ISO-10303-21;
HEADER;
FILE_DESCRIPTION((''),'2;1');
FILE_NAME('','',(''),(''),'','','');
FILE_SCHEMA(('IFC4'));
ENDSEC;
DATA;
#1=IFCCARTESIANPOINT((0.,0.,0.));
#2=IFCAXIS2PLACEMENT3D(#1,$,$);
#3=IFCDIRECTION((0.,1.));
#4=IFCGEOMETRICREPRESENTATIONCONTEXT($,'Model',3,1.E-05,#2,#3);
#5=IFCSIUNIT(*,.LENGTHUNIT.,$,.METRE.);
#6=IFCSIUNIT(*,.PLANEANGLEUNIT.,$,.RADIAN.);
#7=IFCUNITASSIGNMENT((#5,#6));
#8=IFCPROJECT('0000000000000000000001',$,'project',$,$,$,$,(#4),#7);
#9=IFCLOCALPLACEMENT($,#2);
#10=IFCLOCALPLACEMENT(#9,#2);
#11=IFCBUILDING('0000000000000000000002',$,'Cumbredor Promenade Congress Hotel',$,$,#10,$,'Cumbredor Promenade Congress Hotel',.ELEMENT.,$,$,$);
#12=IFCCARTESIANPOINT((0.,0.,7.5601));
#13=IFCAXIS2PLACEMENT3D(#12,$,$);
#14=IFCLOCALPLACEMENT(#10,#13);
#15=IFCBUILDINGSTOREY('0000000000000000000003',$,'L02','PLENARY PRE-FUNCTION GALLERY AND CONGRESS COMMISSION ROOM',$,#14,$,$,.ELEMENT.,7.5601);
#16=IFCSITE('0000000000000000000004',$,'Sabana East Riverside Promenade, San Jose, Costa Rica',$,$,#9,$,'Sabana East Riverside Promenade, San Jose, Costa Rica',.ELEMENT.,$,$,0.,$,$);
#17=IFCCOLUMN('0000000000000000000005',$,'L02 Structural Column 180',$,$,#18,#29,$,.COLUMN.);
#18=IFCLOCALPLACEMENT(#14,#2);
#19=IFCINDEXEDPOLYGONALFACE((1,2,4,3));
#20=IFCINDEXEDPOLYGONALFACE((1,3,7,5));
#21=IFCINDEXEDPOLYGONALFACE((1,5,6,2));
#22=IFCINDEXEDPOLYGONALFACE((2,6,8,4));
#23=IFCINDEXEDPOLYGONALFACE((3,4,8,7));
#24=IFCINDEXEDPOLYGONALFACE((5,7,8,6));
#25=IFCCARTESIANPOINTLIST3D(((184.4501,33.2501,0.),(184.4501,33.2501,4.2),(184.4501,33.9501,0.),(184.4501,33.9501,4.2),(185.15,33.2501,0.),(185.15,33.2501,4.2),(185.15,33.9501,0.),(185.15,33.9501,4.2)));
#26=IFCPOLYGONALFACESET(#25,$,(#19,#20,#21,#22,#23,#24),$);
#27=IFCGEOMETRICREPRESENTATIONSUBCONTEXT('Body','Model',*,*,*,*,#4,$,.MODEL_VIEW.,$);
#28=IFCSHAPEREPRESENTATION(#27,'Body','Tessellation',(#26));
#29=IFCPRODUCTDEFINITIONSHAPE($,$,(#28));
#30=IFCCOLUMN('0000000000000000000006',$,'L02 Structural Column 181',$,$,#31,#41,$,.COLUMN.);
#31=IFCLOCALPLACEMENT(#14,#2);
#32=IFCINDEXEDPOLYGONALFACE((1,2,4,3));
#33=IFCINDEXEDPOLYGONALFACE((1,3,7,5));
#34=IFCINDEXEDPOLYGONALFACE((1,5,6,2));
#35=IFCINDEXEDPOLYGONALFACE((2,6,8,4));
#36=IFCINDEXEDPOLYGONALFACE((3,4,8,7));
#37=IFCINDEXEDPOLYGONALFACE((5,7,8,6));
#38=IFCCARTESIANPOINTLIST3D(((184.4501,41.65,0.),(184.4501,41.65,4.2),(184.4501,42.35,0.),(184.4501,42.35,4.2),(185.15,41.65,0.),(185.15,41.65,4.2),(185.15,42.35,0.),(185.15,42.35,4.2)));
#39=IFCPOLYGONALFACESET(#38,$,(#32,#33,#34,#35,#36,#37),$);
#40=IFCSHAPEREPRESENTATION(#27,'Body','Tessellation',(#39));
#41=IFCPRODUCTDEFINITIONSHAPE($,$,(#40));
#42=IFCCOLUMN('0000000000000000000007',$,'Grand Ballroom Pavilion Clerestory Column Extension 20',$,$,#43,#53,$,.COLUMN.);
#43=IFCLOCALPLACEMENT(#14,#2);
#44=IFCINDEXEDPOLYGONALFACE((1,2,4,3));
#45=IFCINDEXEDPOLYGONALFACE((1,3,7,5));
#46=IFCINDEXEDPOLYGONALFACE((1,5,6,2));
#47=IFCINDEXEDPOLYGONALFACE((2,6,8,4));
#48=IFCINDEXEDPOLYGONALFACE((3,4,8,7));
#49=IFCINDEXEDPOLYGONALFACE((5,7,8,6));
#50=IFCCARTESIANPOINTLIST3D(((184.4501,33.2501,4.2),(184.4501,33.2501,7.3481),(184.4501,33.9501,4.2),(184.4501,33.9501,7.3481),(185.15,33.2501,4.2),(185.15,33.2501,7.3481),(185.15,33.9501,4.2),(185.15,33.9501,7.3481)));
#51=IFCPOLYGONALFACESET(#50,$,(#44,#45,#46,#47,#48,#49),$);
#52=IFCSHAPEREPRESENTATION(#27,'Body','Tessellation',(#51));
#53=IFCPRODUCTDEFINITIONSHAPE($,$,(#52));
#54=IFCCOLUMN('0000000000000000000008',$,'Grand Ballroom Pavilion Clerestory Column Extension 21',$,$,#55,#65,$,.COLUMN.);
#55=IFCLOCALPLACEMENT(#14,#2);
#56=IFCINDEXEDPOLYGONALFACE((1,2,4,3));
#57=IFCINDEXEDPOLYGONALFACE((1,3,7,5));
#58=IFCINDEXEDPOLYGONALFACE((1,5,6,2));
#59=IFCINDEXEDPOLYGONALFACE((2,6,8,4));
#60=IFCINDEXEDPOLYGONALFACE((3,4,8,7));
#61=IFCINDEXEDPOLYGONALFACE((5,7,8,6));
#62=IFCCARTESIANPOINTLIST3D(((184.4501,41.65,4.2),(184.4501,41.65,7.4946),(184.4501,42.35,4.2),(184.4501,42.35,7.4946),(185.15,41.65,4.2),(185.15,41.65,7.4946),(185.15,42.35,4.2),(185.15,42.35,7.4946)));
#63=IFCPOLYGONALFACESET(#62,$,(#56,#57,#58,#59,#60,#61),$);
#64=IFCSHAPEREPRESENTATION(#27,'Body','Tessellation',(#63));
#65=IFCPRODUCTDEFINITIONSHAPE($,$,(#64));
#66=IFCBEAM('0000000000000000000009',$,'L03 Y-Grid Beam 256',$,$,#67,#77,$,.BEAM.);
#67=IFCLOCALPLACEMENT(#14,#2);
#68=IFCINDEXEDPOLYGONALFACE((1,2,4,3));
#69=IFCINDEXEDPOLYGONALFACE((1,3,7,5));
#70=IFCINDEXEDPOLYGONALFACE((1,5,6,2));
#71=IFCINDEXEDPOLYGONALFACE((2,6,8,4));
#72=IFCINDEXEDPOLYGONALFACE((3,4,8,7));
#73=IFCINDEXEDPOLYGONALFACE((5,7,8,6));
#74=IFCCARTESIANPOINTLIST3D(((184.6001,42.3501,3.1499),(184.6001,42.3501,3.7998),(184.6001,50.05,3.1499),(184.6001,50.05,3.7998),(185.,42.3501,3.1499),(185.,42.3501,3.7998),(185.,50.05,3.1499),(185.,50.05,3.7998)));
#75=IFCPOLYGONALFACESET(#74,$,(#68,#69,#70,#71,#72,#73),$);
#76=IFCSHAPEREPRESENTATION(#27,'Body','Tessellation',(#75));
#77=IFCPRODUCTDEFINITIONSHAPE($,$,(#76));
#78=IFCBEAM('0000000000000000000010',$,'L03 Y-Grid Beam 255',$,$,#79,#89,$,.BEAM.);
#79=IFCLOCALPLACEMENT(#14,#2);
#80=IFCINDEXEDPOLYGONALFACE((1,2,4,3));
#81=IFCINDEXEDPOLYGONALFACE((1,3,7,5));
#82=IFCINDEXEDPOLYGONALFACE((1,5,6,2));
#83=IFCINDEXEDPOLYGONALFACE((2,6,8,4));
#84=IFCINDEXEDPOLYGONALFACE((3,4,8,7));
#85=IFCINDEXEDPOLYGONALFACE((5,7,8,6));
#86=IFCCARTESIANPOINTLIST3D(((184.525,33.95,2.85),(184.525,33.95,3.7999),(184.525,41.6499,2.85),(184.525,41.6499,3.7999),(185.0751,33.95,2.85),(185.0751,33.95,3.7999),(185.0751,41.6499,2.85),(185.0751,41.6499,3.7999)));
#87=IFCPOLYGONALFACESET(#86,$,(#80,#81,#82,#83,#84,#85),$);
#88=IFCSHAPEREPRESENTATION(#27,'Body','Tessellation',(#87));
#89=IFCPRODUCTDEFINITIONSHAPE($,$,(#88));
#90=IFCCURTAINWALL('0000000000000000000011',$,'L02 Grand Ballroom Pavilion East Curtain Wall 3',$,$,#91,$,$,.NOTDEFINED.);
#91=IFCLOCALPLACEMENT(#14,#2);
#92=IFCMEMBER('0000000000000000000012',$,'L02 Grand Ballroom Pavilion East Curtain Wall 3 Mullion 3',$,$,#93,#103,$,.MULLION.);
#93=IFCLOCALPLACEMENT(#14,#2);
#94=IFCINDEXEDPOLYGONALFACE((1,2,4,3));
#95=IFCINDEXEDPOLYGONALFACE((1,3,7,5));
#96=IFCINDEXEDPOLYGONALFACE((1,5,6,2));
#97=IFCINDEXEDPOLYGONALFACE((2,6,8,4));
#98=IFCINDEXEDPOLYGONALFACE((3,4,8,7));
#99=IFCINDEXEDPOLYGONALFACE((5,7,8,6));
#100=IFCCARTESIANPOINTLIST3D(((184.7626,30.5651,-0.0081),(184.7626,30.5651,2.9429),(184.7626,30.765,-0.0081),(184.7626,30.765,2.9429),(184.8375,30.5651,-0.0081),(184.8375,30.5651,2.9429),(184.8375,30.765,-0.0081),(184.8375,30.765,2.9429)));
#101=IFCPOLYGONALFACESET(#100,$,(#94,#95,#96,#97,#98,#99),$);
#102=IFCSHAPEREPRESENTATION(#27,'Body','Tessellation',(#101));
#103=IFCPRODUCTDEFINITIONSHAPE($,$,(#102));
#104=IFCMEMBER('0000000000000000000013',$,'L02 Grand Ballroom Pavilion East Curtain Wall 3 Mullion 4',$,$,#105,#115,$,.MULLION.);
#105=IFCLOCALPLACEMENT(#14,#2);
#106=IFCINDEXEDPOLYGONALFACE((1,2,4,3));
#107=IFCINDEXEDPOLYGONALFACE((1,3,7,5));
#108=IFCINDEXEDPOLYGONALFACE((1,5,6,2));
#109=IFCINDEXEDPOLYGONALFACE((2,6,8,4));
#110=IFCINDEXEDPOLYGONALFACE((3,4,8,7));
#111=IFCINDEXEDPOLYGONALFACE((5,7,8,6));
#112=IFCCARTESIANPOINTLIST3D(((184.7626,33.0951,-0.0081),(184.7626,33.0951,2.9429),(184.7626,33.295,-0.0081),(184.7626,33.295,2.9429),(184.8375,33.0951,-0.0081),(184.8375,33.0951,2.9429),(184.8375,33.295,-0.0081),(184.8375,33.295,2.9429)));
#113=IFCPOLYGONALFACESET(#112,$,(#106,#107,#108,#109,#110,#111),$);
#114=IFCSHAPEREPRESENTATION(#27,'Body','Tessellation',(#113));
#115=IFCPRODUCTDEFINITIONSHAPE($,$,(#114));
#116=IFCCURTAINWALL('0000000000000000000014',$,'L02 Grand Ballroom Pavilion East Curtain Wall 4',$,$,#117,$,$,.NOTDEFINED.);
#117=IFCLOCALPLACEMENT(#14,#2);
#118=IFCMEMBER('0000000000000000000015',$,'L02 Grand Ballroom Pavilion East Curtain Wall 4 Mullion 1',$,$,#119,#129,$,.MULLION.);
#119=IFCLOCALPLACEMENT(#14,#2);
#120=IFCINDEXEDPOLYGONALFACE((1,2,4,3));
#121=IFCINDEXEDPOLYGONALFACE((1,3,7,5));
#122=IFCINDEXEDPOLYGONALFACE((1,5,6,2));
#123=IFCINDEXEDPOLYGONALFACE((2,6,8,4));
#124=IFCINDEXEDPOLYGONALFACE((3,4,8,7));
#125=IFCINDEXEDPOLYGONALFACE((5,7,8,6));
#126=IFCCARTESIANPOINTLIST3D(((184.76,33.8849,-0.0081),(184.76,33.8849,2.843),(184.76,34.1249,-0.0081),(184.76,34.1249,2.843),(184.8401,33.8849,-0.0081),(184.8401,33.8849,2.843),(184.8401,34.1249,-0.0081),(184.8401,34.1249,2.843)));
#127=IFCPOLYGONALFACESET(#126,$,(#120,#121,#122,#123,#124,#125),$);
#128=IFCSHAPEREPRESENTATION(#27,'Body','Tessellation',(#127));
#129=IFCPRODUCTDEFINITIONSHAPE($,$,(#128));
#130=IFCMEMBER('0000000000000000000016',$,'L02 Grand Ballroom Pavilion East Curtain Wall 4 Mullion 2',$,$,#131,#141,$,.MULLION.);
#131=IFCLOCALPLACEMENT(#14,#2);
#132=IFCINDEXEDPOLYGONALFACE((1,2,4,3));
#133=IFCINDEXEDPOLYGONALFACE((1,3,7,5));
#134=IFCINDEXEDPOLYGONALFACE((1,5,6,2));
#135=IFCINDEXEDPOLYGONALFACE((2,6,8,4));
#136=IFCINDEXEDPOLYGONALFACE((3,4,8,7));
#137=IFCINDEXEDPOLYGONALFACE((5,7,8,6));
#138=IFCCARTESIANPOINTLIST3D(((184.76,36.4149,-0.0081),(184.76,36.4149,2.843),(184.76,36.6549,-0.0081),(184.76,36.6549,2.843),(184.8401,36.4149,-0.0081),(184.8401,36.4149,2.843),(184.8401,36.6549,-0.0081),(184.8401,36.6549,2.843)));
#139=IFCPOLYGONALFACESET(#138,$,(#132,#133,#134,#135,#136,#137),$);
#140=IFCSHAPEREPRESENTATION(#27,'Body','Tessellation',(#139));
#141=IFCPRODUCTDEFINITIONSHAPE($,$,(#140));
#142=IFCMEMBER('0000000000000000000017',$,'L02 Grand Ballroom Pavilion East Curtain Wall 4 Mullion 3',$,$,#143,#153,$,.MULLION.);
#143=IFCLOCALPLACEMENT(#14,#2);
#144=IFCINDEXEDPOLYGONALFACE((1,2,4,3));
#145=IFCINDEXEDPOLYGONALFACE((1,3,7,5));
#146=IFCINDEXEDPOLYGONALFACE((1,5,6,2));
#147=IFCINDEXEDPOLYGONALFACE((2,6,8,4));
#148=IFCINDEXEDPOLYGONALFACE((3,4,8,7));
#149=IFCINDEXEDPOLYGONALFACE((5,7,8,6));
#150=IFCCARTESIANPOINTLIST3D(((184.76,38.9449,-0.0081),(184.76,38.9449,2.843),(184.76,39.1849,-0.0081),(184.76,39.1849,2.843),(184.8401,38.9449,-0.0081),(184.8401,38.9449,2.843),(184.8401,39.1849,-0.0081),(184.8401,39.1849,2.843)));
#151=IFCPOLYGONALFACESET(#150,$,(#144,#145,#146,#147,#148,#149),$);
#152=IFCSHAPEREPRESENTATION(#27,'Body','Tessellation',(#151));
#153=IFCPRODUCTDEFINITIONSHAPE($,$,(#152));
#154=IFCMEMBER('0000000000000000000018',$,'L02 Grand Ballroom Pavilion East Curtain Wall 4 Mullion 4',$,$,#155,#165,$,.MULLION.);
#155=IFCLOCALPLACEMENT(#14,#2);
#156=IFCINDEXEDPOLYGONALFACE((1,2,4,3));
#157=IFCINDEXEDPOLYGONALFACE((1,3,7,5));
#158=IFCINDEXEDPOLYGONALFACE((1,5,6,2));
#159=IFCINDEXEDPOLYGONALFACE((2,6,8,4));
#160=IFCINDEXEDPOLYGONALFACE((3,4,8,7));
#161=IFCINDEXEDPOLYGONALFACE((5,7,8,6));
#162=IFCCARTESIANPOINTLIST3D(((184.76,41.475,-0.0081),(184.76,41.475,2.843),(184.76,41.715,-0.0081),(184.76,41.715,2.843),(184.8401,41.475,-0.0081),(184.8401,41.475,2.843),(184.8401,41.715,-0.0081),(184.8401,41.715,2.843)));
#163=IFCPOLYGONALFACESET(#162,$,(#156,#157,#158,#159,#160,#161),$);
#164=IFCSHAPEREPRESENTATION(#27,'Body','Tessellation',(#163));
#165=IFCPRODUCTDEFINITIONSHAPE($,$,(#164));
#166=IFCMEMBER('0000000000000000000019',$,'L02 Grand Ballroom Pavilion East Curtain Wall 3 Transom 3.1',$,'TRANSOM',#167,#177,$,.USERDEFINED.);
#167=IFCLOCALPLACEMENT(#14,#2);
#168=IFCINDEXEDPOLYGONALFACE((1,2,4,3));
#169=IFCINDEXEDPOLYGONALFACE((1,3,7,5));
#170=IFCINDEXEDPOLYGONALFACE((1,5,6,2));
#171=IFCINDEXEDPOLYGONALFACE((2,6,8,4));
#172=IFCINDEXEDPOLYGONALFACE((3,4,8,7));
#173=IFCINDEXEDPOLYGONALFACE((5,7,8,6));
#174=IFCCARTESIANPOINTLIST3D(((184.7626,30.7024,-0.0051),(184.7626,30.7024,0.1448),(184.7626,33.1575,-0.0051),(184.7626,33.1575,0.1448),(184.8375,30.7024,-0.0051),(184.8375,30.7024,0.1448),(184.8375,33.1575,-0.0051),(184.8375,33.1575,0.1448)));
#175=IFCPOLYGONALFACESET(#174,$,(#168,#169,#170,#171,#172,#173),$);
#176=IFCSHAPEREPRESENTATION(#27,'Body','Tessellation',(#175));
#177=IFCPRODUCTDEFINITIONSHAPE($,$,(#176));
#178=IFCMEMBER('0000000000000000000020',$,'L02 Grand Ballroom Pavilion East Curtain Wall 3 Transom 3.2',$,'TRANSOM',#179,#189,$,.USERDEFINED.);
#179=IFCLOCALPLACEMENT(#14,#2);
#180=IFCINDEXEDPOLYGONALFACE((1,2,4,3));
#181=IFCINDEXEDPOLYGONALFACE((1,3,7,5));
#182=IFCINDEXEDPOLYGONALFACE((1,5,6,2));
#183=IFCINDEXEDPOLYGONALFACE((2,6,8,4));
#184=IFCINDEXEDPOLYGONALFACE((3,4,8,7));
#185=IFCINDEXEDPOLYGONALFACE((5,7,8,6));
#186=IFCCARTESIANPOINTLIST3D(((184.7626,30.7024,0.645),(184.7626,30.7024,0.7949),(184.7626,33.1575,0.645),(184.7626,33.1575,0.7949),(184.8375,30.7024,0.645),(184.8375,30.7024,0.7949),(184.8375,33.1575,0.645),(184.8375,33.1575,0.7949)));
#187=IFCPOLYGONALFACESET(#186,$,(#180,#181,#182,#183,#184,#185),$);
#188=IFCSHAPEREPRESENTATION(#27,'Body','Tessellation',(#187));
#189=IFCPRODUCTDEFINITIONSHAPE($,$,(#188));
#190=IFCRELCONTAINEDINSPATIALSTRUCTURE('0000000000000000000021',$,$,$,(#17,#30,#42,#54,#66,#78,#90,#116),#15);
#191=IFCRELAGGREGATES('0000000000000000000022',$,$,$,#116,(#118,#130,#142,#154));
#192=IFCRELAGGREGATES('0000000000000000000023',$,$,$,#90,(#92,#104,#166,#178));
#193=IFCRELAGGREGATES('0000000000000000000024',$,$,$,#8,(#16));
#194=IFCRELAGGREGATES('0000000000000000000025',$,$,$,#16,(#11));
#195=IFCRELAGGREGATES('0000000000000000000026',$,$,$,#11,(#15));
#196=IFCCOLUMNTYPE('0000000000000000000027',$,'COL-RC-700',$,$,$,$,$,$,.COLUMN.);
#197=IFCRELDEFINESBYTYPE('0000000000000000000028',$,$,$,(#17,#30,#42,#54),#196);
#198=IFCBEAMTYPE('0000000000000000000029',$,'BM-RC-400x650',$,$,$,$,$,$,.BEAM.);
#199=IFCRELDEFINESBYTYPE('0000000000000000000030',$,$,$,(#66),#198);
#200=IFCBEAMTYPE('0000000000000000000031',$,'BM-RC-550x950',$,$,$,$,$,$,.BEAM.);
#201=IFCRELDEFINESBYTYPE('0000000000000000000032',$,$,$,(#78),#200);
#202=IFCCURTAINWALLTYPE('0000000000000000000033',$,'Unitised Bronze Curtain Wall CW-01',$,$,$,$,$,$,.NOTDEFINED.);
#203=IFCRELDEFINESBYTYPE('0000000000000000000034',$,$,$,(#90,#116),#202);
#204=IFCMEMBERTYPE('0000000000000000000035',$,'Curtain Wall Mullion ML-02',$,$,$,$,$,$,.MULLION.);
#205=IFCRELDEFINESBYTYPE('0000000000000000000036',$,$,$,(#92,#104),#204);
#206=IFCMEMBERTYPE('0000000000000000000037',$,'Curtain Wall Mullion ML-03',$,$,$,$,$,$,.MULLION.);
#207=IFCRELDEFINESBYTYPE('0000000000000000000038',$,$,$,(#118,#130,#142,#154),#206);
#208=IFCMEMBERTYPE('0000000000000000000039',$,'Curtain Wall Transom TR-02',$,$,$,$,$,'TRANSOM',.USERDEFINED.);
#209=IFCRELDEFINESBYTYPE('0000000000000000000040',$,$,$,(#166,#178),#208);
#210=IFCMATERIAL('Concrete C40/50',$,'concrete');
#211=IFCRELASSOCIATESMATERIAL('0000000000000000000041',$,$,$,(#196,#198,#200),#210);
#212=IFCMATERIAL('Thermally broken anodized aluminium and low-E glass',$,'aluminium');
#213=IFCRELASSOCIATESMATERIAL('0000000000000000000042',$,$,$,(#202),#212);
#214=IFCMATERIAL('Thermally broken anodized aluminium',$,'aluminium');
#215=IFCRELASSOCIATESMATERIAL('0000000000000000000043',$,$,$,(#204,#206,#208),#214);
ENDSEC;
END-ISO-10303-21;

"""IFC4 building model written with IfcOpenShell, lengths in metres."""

from ifc_helpers import new_model, si_unit, direction, frame, origin, origin_2d, place, context, subcontext, project, spatial, rectangle, extrude, material, material_profile, profile_set, type_object, element, aggregate, save


model = new_model("IFC4")

# Units and contexts
model_context = context("Model", 3, precision=1e-05, world=origin(), true_north=direction((0.0, 1.0)))
body_context = subcontext(model_context, "Body", "Model", "MODEL_VIEW")
ifc_project = project(units=[si_unit("LENGTHUNIT", "METRE"), si_unit("PLANEANGLEUNIT", "RADIAN")], contexts=[model_context])

# Site, building, storey
site_placement = place(None, origin())
site = spatial("IfcSite", under=ifc_project, at=site_placement, Name="Sabana East Riverside Promenade, San Jose, Costa Rica", LongName="Sabana East Riverside Promenade, San Jose, Costa Rica", CompositionType="ELEMENT", RefElevation=0.0)
building_placement = place(site_placement, origin())
building = spatial("IfcBuilding", under=site, at=building_placement, Name="Cumbredor Promenade Congress Hotel", LongName="Cumbredor Promenade Congress Hotel", CompositionType="ELEMENT")
storey_placement = place(building_placement, frame((0.0, 0.0, 7.5601)))
storey = spatial("IfcBuildingStorey", under=building, at=storey_placement, Name="L02", Description="PLENARY PRE-FUNCTION GALLERY AND CONGRESS COMMISSION ROOM", CompositionType="ELEMENT", Elevation=7.5601)

# Columns
ifc_material_1 = material(Name="Concrete C40/50", Category="concrete")
ifc_material_profile_1 = material_profile(ifc_material_1, rectangle(XDim=0.7, YDim=0.7, at=origin_2d()), Name="RC 700x700")
ifc_profile_set_1 = profile_set([ifc_material_profile_1], Name="Concrete C40/50")
column_type = type_object("IfcColumnType", Name="COL-RC-700", PredefinedType="COLUMN", material=ifc_profile_set_1)
for number, where, z_axis, x_axis, name in (
    (1, (184.8, 33.6001, 0.0), (0.0, 0.0, 1.0), (1.0, 0.0, 0.0), "L02 Structural Column 180"),
    (2, (184.8, 42.0, 0.0), (0.0, 0.0, 1.0), (1.0, 0.0, 0.0), "L02 Structural Column 181"),
):
    element("IfcColumn", number, at=place(storey_placement, frame(where, z_axis=z_axis, x_axis=x_axis)), inside=storey, type_object=column_type, Name=name, PredefinedType="COLUMN", context=body_context, shape_type="SweptSolid", body=[
        extrude(rectangle(XDim=0.7, YDim=0.7, at=origin_2d()), origin(), (0.0, 0.0, 1.0), 4.2),
    ])
column_1_placement = place(storey_placement, frame((184.8, 33.6001, 4.2), z_axis=(0.0, 0.0, 1.0), x_axis=(1.0, 0.0, 0.0)))
element("IfcColumn", 3, at=column_1_placement, inside=storey, type_object=column_type, Name="Grand Ballroom Pavilion Clerestory Column Extension 20", PredefinedType="COLUMN", context=body_context, shape_type="SweptSolid", body=[
    extrude(rectangle(XDim=0.7, YDim=0.7, at=origin_2d()), origin(), (0.0, 0.0, 1.0), 3.1482),
])
column_2_placement = place(storey_placement, frame((184.8, 42.0, 4.2), z_axis=(0.0, 0.0, 1.0), x_axis=(1.0, 0.0, 0.0)))
element("IfcColumn", 4, at=column_2_placement, inside=storey, type_object=column_type, Name="Grand Ballroom Pavilion Clerestory Column Extension 21", PredefinedType="COLUMN", context=body_context, shape_type="SweptSolid", body=[
    extrude(rectangle(XDim=0.7, YDim=0.7, at=origin_2d()), origin(), (0.0, 0.0, 1.0), 3.2947),
])

# Beams
ifc_material_profile_2 = material_profile(ifc_material_1, rectangle(XDim=0.3999, YDim=0.6499, at=origin_2d()), Name="RC BEAM 400x650")
ifc_profile_set_2 = profile_set([ifc_material_profile_2], Name="Concrete C40/50")
beam_type_1 = type_object("IfcBeamType", Name="BM-RC-400x650", PredefinedType="BEAM", material=ifc_profile_set_2)
beam_1_placement = place(storey_placement, frame((184.8, 42.3501, 3.4749), z_axis=(0.0, 1.0, 0.0), x_axis=(-1.0, 0.0, 0.0)))
element("IfcBeam", 5, at=beam_1_placement, inside=storey, type_object=beam_type_1, Name="L03 Y-Grid Beam 256", PredefinedType="BEAM", context=body_context, shape_type="SweptSolid", body=[
    extrude(rectangle(XDim=0.3999, YDim=0.6499, at=origin_2d()), origin(), (0.0, 0.0, 1.0), 7.7),
])
ifc_material_profile_3 = material_profile(ifc_material_1, rectangle(XDim=0.55, YDim=0.95, at=origin_2d()), Name="RC BEAM 550x950")
ifc_profile_set_3 = profile_set([ifc_material_profile_3], Name="Concrete C40/50")
beam_type_2 = type_object("IfcBeamType", Name="BM-RC-550x950", PredefinedType="BEAM", material=ifc_profile_set_3)
beam_2_placement = place(storey_placement, frame((184.8, 33.95, 3.325), z_axis=(0.0, 1.0, 0.0), x_axis=(-1.0, 0.0, 0.0)))
element("IfcBeam", 6, at=beam_2_placement, inside=storey, type_object=beam_type_2, Name="L03 Y-Grid Beam 255", PredefinedType="BEAM", context=body_context, shape_type="SweptSolid", body=[
    extrude(rectangle(XDim=0.55, YDim=0.95, at=origin_2d()), origin(), (0.0, 0.0, 1.0), 7.7),
])

# Curtain walls, members
ifc_material_2 = material(Name="Thermally broken anodized aluminium and low-E glass", Category="aluminium")
curtain_wall_type = type_object("IfcCurtainWallType", Name="Unitised Bronze Curtain Wall CW-01", PredefinedType="NOTDEFINED", material=ifc_material_2)
curtain_wall_1_placement = place(storey_placement, origin())
curtain_wall_1 = element("IfcCurtainWall", 7, at=curtain_wall_1_placement, inside=storey, type_object=curtain_wall_type, Name="L02 Grand Ballroom Pavilion East Curtain Wall 3", PredefinedType="NOTDEFINED")
ifc_material_3 = material(Name="Thermally broken anodized aluminium", Category="aluminium")
ifc_material_profile_4 = material_profile(ifc_material_3, rectangle(XDim=0.075, YDim=0.2, at=origin_2d()), Name="ALU MULLION 75x200")
ifc_profile_set_4 = profile_set([ifc_material_profile_4], Name="Thermally broken anodized aluminium")
member_type_1 = type_object("IfcMemberType", Name="Curtain Wall Mullion ML-02", PredefinedType="MULLION", material=ifc_profile_set_4)
member_1_placement = place(storey_placement, frame((184.8, 30.665, -0.0081), z_axis=(0.0, 0.0, 1.0), x_axis=(1.0, 0.0, 0.0)))
member_1 = element("IfcMember", 8, at=member_1_placement, type_object=member_type_1, Name="L02 Grand Ballroom Pavilion East Curtain Wall 3 Mullion 3", PredefinedType="MULLION", context=body_context, shape_type="SweptSolid", body=[
    extrude(rectangle(XDim=0.075, YDim=0.2, at=origin_2d()), origin(), (0.0, 0.0, 1.0), 2.9509),
])
member_2_placement = place(storey_placement, frame((184.8, 33.1951, -0.0081), z_axis=(0.0, 0.0, 1.0), x_axis=(1.0, 0.0, 0.0)))
member_2 = element("IfcMember", 9, at=member_2_placement, type_object=member_type_1, Name="L02 Grand Ballroom Pavilion East Curtain Wall 3 Mullion 4", PredefinedType="MULLION", context=body_context, shape_type="SweptSolid", body=[
    extrude(rectangle(XDim=0.075, YDim=0.2, at=origin_2d()), origin(), (0.0, 0.0, 1.0), 2.9509),
])
curtain_wall_2_placement = place(storey_placement, origin())
curtain_wall_2 = element("IfcCurtainWall", 10, at=curtain_wall_2_placement, inside=storey, type_object=curtain_wall_type, Name="L02 Grand Ballroom Pavilion East Curtain Wall 4", PredefinedType="NOTDEFINED")
ifc_material_profile_5 = material_profile(ifc_material_3, rectangle(XDim=0.0801, YDim=0.24, at=origin_2d()), Name="ALU MULLION 80x240")
ifc_profile_set_5 = profile_set([ifc_material_profile_5], Name="Thermally broken anodized aluminium")
member_type_2 = type_object("IfcMemberType", Name="Curtain Wall Mullion ML-03", PredefinedType="MULLION", material=ifc_profile_set_5)
member_3_placement = place(storey_placement, frame((184.8, 34.0049, -0.0081), z_axis=(0.0, 0.0, 1.0), x_axis=(1.0, 0.0, 0.0)))
member_3 = element("IfcMember", 11, at=member_3_placement, type_object=member_type_2, Name="L02 Grand Ballroom Pavilion East Curtain Wall 4 Mullion 1", PredefinedType="MULLION", context=body_context, shape_type="SweptSolid", body=[
    extrude(rectangle(XDim=0.0801, YDim=0.24, at=origin_2d()), origin(), (0.0, 0.0, 1.0), 2.8511),
])
member_4_placement = place(storey_placement, frame((184.8, 36.5349, -0.0081), z_axis=(0.0, 0.0, 1.0), x_axis=(1.0, 0.0, 0.0)))
member_4 = element("IfcMember", 12, at=member_4_placement, type_object=member_type_2, Name="L02 Grand Ballroom Pavilion East Curtain Wall 4 Mullion 2", PredefinedType="MULLION", context=body_context, shape_type="SweptSolid", body=[
    extrude(rectangle(XDim=0.0801, YDim=0.24, at=origin_2d()), origin(), (0.0, 0.0, 1.0), 2.8511),
])
member_5_placement = place(storey_placement, frame((184.8, 39.0649, -0.0081), z_axis=(0.0, 0.0, 1.0), x_axis=(1.0, 0.0, 0.0)))
member_5 = element("IfcMember", 13, at=member_5_placement, type_object=member_type_2, Name="L02 Grand Ballroom Pavilion East Curtain Wall 4 Mullion 3", PredefinedType="MULLION", context=body_context, shape_type="SweptSolid", body=[
    extrude(rectangle(XDim=0.0801, YDim=0.24, at=origin_2d()), origin(), (0.0, 0.0, 1.0), 2.8511),
])
member_6_placement = place(storey_placement, frame((184.8, 41.595, -0.0081), z_axis=(0.0, 0.0, 1.0), x_axis=(1.0, 0.0, 0.0)))
member_6 = element("IfcMember", 14, at=member_6_placement, type_object=member_type_2, Name="L02 Grand Ballroom Pavilion East Curtain Wall 4 Mullion 4", PredefinedType="MULLION", context=body_context, shape_type="SweptSolid", body=[
    extrude(rectangle(XDim=0.0801, YDim=0.24, at=origin_2d()), origin(), (0.0, 0.0, 1.0), 2.8511),
])

# Members
ifc_material_profile_6 = material_profile(ifc_material_3, rectangle(XDim=0.075, YDim=0.1499, at=origin_2d()), Name="ALU TRANSOM 75x150")
ifc_profile_set_6 = profile_set([ifc_material_profile_6], Name="Thermally broken anodized aluminium")
member_type_3 = type_object("IfcMemberType", Name="Curtain Wall Transom TR-02", ElementType="TRANSOM", PredefinedType="USERDEFINED", material=ifc_profile_set_6)
member_7_placement = place(storey_placement, frame((184.8, 30.7024, 0.0698), z_axis=(0.0, 1.0, 0.0), x_axis=(-1.0, 0.0, 0.0)))
member_7 = element("IfcMember", 15, at=member_7_placement, type_object=member_type_3, Name="L02 Grand Ballroom Pavilion East Curtain Wall 3 Transom 3.1", ObjectType="TRANSOM", PredefinedType="USERDEFINED", context=body_context, shape_type="SweptSolid", body=[
    extrude(rectangle(XDim=0.075, YDim=0.1499, at=origin_2d()), origin(), (0.0, 0.0, 1.0), 2.4551),
])
member_8_placement = place(storey_placement, frame((184.8, 30.7024, 0.72), z_axis=(0.0, 1.0, 0.0), x_axis=(-1.0, 0.0, 0.0)))
member_8 = element("IfcMember", 16, at=member_8_placement, type_object=member_type_3, Name="L02 Grand Ballroom Pavilion East Curtain Wall 3 Transom 3.2", ObjectType="TRANSOM", PredefinedType="USERDEFINED", context=body_context, shape_type="SweptSolid", body=[
    extrude(rectangle(XDim=0.075, YDim=0.1499, at=origin_2d()), origin(), (0.0, 0.0, 1.0), 2.4551),
])

aggregate(curtain_wall_2, [member_3, member_4, member_5, member_6])
aggregate(curtain_wall_1, [member_1, member_2, member_7, member_8])

save(model, "model.ifc")
